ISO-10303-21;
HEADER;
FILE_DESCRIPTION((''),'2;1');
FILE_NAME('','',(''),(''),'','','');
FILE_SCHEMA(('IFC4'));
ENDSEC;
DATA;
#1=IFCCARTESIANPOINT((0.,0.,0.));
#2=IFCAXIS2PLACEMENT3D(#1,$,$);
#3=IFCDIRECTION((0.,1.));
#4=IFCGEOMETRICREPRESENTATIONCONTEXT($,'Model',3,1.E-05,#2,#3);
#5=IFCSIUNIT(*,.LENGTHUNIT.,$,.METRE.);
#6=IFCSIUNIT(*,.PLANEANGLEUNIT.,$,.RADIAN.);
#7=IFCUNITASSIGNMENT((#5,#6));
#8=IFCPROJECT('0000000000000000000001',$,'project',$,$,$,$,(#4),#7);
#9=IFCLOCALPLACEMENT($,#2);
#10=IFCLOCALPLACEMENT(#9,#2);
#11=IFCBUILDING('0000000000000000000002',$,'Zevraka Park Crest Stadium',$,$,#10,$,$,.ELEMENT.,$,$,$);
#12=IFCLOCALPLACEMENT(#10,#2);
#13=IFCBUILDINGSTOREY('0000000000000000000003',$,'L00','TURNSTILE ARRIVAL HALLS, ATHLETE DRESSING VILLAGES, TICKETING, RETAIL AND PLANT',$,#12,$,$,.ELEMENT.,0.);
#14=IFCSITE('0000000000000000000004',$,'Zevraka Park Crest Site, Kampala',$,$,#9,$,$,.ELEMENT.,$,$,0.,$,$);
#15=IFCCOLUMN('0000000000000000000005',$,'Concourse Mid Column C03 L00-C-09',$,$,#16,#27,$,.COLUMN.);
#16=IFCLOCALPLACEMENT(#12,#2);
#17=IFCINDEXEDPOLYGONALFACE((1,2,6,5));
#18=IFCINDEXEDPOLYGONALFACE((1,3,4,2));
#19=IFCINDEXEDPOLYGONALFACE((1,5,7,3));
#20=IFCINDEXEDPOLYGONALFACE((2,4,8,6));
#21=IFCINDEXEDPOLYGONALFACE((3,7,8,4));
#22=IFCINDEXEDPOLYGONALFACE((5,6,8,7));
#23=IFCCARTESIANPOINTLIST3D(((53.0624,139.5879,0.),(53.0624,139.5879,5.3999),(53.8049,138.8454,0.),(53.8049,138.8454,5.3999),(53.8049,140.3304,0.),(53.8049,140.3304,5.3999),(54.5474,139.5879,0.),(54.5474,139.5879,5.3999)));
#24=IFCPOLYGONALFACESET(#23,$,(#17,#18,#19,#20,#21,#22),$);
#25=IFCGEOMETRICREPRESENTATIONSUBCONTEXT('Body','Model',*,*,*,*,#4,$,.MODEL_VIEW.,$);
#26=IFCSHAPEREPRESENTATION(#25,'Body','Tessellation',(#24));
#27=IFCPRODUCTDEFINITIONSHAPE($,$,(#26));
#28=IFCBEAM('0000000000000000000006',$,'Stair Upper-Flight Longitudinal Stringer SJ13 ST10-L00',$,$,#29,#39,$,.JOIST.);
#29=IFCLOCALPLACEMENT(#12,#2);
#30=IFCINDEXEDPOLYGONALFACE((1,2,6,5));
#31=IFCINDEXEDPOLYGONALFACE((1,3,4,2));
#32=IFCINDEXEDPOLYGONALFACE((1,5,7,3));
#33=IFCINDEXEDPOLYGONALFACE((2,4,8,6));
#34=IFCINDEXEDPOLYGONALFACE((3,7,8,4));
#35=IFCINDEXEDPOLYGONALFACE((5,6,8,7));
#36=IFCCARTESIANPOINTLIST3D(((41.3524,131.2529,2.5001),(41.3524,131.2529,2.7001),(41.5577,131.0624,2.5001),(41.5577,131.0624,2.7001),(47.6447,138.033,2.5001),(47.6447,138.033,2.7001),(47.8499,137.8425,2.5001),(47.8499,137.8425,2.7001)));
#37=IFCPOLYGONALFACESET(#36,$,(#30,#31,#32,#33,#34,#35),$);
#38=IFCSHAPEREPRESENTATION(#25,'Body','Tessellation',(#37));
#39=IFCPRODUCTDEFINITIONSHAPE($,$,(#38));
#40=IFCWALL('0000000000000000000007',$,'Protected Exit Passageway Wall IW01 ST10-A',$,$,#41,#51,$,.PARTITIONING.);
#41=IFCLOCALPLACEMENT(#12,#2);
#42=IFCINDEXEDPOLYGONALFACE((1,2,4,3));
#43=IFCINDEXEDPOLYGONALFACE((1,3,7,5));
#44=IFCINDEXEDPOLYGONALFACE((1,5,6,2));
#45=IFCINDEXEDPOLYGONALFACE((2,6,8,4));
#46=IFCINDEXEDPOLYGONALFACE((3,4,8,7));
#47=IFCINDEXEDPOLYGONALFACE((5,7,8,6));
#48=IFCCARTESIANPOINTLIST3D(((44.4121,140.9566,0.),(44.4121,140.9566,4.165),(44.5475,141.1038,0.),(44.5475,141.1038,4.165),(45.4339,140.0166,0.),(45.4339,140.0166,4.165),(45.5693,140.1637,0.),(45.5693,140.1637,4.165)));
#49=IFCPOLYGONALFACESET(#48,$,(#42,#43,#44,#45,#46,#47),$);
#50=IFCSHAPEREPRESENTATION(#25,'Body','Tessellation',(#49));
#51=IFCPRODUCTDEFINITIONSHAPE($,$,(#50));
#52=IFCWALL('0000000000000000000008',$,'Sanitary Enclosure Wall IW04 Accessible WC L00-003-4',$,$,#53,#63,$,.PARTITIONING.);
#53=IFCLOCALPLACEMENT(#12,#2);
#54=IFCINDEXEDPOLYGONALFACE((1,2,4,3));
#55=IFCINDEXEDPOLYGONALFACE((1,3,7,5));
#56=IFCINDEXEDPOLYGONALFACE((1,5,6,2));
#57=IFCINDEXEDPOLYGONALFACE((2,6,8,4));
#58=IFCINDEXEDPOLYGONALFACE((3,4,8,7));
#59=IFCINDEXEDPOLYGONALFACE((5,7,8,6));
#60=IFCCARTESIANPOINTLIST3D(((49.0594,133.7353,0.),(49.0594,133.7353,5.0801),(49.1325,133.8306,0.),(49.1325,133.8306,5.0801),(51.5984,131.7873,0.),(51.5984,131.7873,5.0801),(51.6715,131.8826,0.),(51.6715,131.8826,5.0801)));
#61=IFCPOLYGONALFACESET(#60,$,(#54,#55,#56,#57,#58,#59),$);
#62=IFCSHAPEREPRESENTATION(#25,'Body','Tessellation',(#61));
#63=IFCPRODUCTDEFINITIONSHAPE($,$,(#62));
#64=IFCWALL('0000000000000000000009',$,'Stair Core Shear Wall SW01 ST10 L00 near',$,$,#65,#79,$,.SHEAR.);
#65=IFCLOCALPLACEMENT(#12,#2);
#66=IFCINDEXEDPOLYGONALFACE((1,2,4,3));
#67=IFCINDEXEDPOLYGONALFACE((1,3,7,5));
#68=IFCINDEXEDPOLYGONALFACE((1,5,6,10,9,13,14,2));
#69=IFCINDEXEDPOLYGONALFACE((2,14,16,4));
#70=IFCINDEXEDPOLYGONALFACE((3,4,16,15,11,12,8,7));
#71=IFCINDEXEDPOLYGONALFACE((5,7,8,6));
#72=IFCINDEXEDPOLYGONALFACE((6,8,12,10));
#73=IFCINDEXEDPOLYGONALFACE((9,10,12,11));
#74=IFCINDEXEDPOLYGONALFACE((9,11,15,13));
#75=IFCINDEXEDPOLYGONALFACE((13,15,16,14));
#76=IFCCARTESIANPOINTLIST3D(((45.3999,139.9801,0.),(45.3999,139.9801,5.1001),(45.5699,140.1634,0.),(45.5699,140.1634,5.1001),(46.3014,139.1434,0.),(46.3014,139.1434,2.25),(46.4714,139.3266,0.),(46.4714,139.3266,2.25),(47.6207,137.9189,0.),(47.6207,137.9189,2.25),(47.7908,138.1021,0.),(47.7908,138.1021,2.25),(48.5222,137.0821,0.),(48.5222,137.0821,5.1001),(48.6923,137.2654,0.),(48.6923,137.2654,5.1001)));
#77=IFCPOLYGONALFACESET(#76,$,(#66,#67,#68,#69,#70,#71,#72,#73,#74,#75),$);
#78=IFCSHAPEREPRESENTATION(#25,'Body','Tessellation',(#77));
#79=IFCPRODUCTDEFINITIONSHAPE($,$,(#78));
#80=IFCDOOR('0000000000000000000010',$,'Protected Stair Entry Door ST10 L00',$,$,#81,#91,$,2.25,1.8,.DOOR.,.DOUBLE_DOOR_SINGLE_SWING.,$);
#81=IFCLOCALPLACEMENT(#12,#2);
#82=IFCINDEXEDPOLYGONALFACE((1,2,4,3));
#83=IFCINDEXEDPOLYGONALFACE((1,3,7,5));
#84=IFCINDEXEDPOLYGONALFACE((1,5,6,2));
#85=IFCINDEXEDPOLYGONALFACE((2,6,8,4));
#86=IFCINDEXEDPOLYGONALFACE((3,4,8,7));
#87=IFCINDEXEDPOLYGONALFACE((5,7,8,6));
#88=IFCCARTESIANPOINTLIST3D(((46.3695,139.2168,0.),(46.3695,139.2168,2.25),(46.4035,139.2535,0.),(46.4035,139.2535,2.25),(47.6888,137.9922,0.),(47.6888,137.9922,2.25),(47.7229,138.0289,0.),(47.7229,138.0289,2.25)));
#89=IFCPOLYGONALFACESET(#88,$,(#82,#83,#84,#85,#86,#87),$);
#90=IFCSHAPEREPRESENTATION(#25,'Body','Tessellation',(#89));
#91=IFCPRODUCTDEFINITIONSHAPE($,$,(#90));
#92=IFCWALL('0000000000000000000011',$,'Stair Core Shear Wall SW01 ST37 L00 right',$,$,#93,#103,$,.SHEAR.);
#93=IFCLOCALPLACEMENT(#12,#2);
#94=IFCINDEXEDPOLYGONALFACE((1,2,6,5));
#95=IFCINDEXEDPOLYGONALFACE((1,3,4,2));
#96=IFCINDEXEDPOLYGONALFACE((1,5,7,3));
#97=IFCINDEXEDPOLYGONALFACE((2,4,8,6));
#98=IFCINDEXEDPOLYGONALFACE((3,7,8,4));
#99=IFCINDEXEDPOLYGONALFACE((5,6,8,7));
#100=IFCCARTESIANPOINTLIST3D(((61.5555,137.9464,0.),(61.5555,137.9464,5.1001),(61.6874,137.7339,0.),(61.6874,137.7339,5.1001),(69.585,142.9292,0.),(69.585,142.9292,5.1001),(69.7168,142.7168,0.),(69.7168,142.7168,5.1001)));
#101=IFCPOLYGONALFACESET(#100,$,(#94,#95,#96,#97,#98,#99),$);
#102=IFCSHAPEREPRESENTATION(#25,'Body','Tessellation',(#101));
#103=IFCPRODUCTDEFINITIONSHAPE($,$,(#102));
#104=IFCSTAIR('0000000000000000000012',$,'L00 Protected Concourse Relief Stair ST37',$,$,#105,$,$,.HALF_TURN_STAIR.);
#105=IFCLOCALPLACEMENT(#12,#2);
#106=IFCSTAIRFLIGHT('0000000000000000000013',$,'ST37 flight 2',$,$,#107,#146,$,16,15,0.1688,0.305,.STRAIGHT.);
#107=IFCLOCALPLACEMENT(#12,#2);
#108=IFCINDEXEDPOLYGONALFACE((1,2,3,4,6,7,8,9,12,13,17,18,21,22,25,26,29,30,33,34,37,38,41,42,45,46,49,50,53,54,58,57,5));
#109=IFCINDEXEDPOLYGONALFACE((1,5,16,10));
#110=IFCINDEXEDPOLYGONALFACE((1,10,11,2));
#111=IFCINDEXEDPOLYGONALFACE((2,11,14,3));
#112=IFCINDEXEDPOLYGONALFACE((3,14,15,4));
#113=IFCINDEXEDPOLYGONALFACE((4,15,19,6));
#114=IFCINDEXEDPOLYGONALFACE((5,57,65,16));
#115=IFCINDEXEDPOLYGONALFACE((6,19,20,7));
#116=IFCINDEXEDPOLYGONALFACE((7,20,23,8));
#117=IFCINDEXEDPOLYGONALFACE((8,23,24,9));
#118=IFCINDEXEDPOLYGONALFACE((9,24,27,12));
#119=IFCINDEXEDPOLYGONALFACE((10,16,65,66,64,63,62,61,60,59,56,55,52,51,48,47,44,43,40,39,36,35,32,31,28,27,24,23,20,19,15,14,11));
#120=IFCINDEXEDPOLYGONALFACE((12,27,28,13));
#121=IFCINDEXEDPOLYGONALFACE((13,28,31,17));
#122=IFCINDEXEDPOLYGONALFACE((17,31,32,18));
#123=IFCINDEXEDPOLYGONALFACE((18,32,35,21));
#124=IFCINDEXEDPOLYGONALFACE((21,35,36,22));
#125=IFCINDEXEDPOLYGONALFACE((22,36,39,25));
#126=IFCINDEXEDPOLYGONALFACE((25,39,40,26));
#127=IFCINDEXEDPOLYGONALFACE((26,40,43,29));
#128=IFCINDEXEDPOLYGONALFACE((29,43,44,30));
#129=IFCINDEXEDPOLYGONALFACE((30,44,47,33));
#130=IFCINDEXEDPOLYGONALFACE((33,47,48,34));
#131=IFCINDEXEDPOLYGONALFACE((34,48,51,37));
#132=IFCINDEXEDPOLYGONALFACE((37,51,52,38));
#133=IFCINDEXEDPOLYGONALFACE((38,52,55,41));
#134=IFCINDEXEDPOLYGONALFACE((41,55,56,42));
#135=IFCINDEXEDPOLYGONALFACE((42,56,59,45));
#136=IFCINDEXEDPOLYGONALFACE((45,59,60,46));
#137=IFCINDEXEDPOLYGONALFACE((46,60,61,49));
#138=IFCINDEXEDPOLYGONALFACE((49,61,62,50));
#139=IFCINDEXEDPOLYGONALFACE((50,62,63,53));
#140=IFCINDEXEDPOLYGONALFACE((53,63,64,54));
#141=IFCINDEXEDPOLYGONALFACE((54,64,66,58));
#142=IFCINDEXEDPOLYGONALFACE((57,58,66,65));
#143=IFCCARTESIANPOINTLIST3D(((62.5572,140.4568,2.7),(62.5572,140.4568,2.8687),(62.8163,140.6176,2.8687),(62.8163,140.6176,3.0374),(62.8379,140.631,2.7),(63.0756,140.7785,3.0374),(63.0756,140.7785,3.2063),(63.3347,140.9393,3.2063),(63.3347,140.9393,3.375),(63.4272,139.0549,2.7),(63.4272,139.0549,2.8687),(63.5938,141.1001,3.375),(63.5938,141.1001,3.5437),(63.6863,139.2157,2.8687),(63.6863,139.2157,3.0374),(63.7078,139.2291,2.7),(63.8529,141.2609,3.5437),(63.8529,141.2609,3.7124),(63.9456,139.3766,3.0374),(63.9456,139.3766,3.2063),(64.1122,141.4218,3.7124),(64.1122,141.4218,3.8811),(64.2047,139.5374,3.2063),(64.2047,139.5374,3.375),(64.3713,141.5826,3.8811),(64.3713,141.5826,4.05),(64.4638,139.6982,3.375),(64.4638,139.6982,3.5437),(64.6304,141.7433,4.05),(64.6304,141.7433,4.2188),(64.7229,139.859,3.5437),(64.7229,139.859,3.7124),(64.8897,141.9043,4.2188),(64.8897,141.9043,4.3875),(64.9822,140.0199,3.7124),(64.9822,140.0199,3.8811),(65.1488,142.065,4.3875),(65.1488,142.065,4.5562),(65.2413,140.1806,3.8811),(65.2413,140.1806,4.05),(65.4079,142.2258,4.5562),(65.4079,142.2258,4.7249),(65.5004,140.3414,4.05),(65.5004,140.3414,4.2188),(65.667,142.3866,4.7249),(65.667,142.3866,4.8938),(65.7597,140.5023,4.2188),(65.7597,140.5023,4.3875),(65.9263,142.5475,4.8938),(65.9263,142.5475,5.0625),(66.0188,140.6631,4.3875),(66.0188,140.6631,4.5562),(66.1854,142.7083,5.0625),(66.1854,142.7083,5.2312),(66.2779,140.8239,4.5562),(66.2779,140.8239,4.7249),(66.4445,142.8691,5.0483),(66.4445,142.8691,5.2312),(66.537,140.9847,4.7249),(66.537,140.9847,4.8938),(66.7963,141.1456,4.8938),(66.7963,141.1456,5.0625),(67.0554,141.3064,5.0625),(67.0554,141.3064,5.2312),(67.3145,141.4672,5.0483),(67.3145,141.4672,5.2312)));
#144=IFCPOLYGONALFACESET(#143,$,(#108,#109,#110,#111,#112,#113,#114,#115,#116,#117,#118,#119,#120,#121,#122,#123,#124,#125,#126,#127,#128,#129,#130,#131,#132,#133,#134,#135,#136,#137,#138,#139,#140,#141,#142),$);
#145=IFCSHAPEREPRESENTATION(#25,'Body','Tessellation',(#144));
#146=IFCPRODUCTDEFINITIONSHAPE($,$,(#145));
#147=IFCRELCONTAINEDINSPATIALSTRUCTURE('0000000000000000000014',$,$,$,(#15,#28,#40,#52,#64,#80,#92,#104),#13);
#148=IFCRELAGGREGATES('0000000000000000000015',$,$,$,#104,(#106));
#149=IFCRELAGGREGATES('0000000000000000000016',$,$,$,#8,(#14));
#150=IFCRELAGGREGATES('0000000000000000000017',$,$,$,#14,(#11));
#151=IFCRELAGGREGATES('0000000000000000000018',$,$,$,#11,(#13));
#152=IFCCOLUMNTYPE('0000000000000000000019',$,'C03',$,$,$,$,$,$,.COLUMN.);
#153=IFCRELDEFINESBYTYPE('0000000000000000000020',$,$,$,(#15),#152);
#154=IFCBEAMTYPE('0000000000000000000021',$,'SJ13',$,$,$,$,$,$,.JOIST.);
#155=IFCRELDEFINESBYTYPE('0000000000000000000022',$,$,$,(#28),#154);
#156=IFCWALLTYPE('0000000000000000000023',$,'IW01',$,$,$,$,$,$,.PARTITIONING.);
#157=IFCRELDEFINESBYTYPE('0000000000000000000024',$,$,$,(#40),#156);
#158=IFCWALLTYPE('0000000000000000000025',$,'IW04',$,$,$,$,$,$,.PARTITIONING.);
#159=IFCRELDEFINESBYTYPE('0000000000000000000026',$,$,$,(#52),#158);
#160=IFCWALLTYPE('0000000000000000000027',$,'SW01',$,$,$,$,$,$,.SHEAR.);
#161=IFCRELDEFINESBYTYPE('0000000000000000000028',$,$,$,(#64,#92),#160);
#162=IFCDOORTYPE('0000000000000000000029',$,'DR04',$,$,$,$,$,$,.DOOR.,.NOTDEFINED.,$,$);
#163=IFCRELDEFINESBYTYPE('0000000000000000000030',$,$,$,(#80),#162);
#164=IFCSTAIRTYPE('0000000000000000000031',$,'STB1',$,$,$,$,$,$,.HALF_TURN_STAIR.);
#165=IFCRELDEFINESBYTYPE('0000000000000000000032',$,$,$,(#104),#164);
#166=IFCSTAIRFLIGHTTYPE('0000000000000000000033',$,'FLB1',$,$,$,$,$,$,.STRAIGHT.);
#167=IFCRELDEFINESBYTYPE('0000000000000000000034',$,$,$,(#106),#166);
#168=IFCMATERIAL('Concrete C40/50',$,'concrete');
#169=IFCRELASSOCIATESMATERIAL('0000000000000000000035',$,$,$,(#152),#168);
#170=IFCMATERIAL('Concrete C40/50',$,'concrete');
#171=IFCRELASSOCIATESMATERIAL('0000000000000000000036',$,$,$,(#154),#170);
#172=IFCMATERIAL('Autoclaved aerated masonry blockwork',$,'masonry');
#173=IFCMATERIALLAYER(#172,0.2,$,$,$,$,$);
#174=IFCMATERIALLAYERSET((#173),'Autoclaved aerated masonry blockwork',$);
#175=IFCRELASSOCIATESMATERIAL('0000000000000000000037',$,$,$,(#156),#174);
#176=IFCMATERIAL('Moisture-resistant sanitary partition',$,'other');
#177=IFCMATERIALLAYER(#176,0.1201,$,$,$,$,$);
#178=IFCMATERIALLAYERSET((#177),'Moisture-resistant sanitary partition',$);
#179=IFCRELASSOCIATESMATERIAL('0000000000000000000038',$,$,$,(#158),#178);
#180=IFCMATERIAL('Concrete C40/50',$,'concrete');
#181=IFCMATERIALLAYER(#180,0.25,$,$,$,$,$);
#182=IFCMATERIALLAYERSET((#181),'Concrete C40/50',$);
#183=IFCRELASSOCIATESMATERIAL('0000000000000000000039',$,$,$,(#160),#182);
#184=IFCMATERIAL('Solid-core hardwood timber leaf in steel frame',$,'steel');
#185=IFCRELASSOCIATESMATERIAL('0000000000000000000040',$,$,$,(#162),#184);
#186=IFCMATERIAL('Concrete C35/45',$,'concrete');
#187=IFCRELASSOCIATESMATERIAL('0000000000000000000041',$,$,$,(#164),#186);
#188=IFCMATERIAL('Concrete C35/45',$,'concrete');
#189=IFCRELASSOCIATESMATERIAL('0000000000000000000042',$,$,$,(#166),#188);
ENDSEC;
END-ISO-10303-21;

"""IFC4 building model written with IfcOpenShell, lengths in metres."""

from ifc_helpers import new_model, si_unit, direction, frame, frame_2d, origin, origin_2d, place, context, subcontext, project, spatial, polyline, rectangle, outline, extrude, material, layer, layer_set, material_profile, profile_set, type_object, element, fill, aggregate, save


model = new_model("IFC4")

# Units and contexts
model_context = context("Model", 3, precision=1e-05, world=origin(), true_north=direction((0.0, 1.0)))
body_context = subcontext(model_context, "Body", "Model", "MODEL_VIEW")
ifc_project = project(units=[si_unit("LENGTHUNIT", "METRE"), si_unit("PLANEANGLEUNIT", "RADIAN")], contexts=[model_context])

# Site, building, storey
site_placement = place(None, origin())
site = spatial("IfcSite", under=ifc_project, at=site_placement, Name="Zevraka Park Crest Site, Kampala", CompositionType="ELEMENT", RefElevation=0.0)
building_placement = place(site_placement, origin())
building = spatial("IfcBuilding", under=site, at=building_placement, Name="Zevraka Park Crest Stadium", CompositionType="ELEMENT")
storey_placement = place(building_placement, origin())
storey = spatial("IfcBuildingStorey", under=building, at=storey_placement, Name="L00", Description="TURNSTILE ARRIVAL HALLS, ATHLETE DRESSING VILLAGES, TICKETING, RETAIL AND PLANT", CompositionType="ELEMENT", Elevation=0.0)

# Column
ifc_material_1 = material(Name="Concrete C40/50", Category="concrete")
ifc_material_profile_1 = material_profile(ifc_material_1, rectangle(XDim=1.05, YDim=1.05, at=origin_2d()), Name="RC 1050x1050")
ifc_profile_set_1 = profile_set([ifc_material_profile_1], Name="Concrete C40/50")
column_type_1 = type_object("IfcColumnType", Name="C03", PredefinedType="COLUMN", material=ifc_profile_set_1)
column_1_placement = place(storey_placement, frame((53.8049, 139.5879, 0.0), z_axis=(0.0, 0.0, 1.0), x_axis=(-0.707107, 0.707107, 0.0)))
element("IfcColumn", 1, at=column_1_placement, inside=storey, type_object=column_type_1, Name="Concourse Mid Column C03 L00-C-09", PredefinedType="COLUMN", context=body_context, shape_type="SweptSolid", body=[
    extrude(rectangle(XDim=1.05, YDim=1.05, at=origin_2d()), origin(), (0.0, 0.0, 1.0), 5.3999),
])

# Beam
ifc_material_2 = material(Name="Concrete C40/50", Category="concrete")
ifc_material_profile_2 = material_profile(ifc_material_2, rectangle(XDim=0.28, YDim=0.2, at=origin_2d()), Name="RC 200x280")
ifc_profile_set_2 = profile_set([ifc_material_profile_2], Name="Concrete C40/50")
beam_type = type_object("IfcBeamType", Name="SJ13", PredefinedType="JOIST", material=ifc_profile_set_2)
beam_placement = place(storey_placement, frame((47.7473, 137.9377, 2.6001), z_axis=(-0.680248, -0.732982, 0.0), x_axis=(0.732982, -0.680248, 0.0)))
element("IfcBeam", 2, at=beam_placement, inside=storey, type_object=beam_type, Name="Stair Upper-Flight Longitudinal Stringer SJ13 ST10-L00", PredefinedType="JOIST", context=body_context, shape_type="SweptSolid", body=[
    extrude(rectangle(XDim=0.28, YDim=0.2, at=origin_2d()), origin(), (0.0, 0.0, 1.0), 9.25),
])

# Walls
ifc_material_3 = material(Name="Autoclaved aerated masonry blockwork", Category="masonry")
ifc_layer_1 = layer(ifc_material_3, 0.2)
ifc_layer_set_1 = layer_set([ifc_layer_1], Name="Autoclaved aerated masonry blockwork")
wall_type_1 = type_object("IfcWallType", Name="IW01", PredefinedType="PARTITIONING", material=ifc_layer_set_1)
wall_1_placement = place(storey_placement, frame((45.5017, 140.0901, 0.0), z_axis=(0.0, 0.0, 1.0), x_axis=(-0.735949, 0.677037, 0.0)))
element("IfcWall", 3, at=wall_1_placement, inside=storey, type_object=wall_type_1, Name="Protected Exit Passageway Wall IW01 ST10-A", PredefinedType="PARTITIONING", context=body_context, shape_type="SweptSolid", body=[
    extrude(rectangle(XDim=1.3884, YDim=0.2, at=frame_2d((0.6943, 0.0))), origin(), (0.0, 0.0, 1.0), 4.165),
])
ifc_material_4 = material(Name="Moisture-resistant sanitary partition", Category="other")
ifc_layer_2 = layer(ifc_material_4, 0.1201)
ifc_layer_set_2 = layer_set([ifc_layer_2], Name="Moisture-resistant sanitary partition")
wall_type_2 = type_object("IfcWallType", Name="IW04", PredefinedType="PARTITIONING", material=ifc_layer_set_2)
wall_2_placement = place(storey_placement, frame((49.0959, 133.783, 0.0), z_axis=(0.0, 0.0, 1.0), x_axis=(0.793398, -0.608704, 0.0)))
element("IfcWall", 4, at=wall_2_placement, inside=storey, type_object=wall_type_2, Name="Sanitary Enclosure Wall IW04 Accessible WC L00-003-4", PredefinedType="PARTITIONING", context=body_context, shape_type="SweptSolid", body=[
    extrude(rectangle(XDim=3.2002, YDim=0.1201, at=frame_2d((1.6001, 0.0))), origin(), (0.0, 0.0, 1.0), 5.0801),
])

# Wall, opening, door
ifc_material_5 = material(Name="Concrete C40/50", Category="concrete")
ifc_layer_3 = layer(ifc_material_5, 0.25)
ifc_layer_set_3 = layer_set([ifc_layer_3], Name="Concrete C40/50")
wall_type_3 = type_object("IfcWallType", Name="SW01", PredefinedType="SHEAR", material=ifc_layer_set_3)
wall_3_placement = place(storey_placement, frame((48.6072, 137.1738, 0.0), z_axis=(0.0, 0.0, 1.0), x_axis=(-0.732951, 0.680282, 0.0)))
wall_3 = element("IfcWall", 5, at=wall_3_placement, inside=storey, type_object=wall_type_3, Name="Stair Core Shear Wall SW01 ST10 L00 near", PredefinedType="SHEAR", context=body_context, shape_type="SweptSolid", body=[
    extrude(rectangle(XDim=4.26, YDim=0.25, at=frame_2d((2.1299, 0.0))), origin(), (0.0, 0.0, 1.0), 5.1001),
])
opening_placement = place(wall_3_placement, frame((1.23, 0.0, 0.0)))
opening = element("IfcOpeningElement", 6, at=opening_placement, cuts=wall_3, PredefinedType="OPENING", context=body_context, shape_type="SweptSolid", body=[
    extrude(rectangle(XDim=1.8, YDim=2.25, at=frame_2d((0.8999, 1.125))), frame((0.0, 0.135, 0.0), z_axis=(0.0, -1.0, 0.0), x_axis=(1.0, 0.0, 0.0)), (0.0, 0.0, 1.0), 0.27),
])
ifc_material_6 = material(Name="Solid-core hardwood timber leaf in steel frame", Category="steel")
door_type = type_object("IfcDoorType", Name="DR04", OperationType="NOTDEFINED", PredefinedType="DOOR", material=ifc_material_6)
door_placement = place(opening_placement, origin())
door = element("IfcDoor", 7, at=door_placement, inside=storey, type_object=door_type, Name="Protected Stair Entry Door ST10 L00", OperationType="DOUBLE_DOOR_SINGLE_SWING", OverallHeight=2.25, OverallWidth=1.8, PredefinedType="DOOR", context=body_context, shape_type="SweptSolid", body=[
    extrude(rectangle(XDim=1.8, YDim=2.25, at=frame_2d((0.8999, 1.125))), frame((0.0, 0.0249, 0.0), z_axis=(0.0, -1.0, 0.0), x_axis=(1.0, 0.0, 0.0)), (0.0, 0.0, 1.0), 0.05),
])
fill(opening, door)

# Wall
wall_4_placement = place(storey_placement, frame((61.6213, 137.8401, 0.0), z_axis=(0.0, 0.0, 1.0), x_axis=(0.849685, 0.527291, 0.0)))
element("IfcWall", 8, at=wall_4_placement, inside=storey, type_object=wall_type_3, Name="Stair Core Shear Wall SW01 ST37 L00 right", PredefinedType="SHEAR", context=body_context, shape_type="SweptSolid", body=[
    extrude(rectangle(XDim=9.45, YDim=0.25, at=frame_2d((4.7251, 0.0))), origin(), (0.0, 0.0, 1.0), 5.1001),
])

# Stair, stair flight
ifc_material_7 = material(Name="Concrete C35/45", Category="concrete")
stair_type = type_object("IfcStairType", Name="STB1", PredefinedType="HALF_TURN_STAIR", material=ifc_material_7)
stair_placement = place(storey_placement, origin())
stair = element("IfcStair", 9, at=stair_placement, inside=storey, type_object=stair_type, Name="L00 Protected Concourse Relief Stair ST37", PredefinedType="HALF_TURN_STAIR")
ifc_material_8 = material(Name="Concrete C35/45", Category="concrete")
stair_flight_type = type_object("IfcStairFlightType", Name="FLB1", PredefinedType="STRAIGHT", material=ifc_material_8)
stair_flight_placement = place(storey_placement, frame((62.9922, 139.7559, 2.7), z_axis=(0.0, 0.0, 1.0), x_axis=(0.849693, 0.527278, 0.0)))
stair_flight = element("IfcStairFlight", 10, at=stair_flight_placement, type_object=stair_flight_type, Name="ST37 flight 2", NumberOfRisers=16, NumberOfTreads=15, PredefinedType="STRAIGHT", RiserHeight=0.1688, TreadLength=0.305, context=body_context, shape_type="SweptSolid", body=[
    extrude(outline(polyline([(0.0, 0.0), (0.0, 0.1687), (0.3049, 0.1687), (0.3049, 0.3374), (0.6101, 0.3374), (0.6101, 0.5063), (0.915, 0.5063), (0.915, 0.675), (1.22, 0.675), (1.22, 0.8438), (1.5249, 0.8438), (1.5249, 1.0125), (1.8301, 1.0125), (1.8301, 1.1812), (2.135, 1.1812), (2.135, 1.3501), (2.4399, 1.3501), (2.4399, 1.5188), (2.7451, 1.5188), (2.7451, 1.6875), (3.05, 1.6875), (3.05, 1.8562), (3.355, 1.8562), (3.355, 2.0249), (3.6599, 2.0249), (3.6599, 2.1938), (3.9651, 2.1938), (3.9651, 2.3625), (4.27, 2.3625), (4.27, 2.5312), (4.575, 2.5312), (4.575, 2.7), (4.575, 2.3484), (0.3303, 0.0), (0.0, 0.0)])), frame((0.0, 0.825, 0.0), z_axis=(0.0, -1.0, 0.0), x_axis=(1.0, 0.0, 0.0)), (0.0, 0.0, 1.0), 1.6499),
])
aggregate(stair, [stair_flight])

save(model, "model.ifc")
